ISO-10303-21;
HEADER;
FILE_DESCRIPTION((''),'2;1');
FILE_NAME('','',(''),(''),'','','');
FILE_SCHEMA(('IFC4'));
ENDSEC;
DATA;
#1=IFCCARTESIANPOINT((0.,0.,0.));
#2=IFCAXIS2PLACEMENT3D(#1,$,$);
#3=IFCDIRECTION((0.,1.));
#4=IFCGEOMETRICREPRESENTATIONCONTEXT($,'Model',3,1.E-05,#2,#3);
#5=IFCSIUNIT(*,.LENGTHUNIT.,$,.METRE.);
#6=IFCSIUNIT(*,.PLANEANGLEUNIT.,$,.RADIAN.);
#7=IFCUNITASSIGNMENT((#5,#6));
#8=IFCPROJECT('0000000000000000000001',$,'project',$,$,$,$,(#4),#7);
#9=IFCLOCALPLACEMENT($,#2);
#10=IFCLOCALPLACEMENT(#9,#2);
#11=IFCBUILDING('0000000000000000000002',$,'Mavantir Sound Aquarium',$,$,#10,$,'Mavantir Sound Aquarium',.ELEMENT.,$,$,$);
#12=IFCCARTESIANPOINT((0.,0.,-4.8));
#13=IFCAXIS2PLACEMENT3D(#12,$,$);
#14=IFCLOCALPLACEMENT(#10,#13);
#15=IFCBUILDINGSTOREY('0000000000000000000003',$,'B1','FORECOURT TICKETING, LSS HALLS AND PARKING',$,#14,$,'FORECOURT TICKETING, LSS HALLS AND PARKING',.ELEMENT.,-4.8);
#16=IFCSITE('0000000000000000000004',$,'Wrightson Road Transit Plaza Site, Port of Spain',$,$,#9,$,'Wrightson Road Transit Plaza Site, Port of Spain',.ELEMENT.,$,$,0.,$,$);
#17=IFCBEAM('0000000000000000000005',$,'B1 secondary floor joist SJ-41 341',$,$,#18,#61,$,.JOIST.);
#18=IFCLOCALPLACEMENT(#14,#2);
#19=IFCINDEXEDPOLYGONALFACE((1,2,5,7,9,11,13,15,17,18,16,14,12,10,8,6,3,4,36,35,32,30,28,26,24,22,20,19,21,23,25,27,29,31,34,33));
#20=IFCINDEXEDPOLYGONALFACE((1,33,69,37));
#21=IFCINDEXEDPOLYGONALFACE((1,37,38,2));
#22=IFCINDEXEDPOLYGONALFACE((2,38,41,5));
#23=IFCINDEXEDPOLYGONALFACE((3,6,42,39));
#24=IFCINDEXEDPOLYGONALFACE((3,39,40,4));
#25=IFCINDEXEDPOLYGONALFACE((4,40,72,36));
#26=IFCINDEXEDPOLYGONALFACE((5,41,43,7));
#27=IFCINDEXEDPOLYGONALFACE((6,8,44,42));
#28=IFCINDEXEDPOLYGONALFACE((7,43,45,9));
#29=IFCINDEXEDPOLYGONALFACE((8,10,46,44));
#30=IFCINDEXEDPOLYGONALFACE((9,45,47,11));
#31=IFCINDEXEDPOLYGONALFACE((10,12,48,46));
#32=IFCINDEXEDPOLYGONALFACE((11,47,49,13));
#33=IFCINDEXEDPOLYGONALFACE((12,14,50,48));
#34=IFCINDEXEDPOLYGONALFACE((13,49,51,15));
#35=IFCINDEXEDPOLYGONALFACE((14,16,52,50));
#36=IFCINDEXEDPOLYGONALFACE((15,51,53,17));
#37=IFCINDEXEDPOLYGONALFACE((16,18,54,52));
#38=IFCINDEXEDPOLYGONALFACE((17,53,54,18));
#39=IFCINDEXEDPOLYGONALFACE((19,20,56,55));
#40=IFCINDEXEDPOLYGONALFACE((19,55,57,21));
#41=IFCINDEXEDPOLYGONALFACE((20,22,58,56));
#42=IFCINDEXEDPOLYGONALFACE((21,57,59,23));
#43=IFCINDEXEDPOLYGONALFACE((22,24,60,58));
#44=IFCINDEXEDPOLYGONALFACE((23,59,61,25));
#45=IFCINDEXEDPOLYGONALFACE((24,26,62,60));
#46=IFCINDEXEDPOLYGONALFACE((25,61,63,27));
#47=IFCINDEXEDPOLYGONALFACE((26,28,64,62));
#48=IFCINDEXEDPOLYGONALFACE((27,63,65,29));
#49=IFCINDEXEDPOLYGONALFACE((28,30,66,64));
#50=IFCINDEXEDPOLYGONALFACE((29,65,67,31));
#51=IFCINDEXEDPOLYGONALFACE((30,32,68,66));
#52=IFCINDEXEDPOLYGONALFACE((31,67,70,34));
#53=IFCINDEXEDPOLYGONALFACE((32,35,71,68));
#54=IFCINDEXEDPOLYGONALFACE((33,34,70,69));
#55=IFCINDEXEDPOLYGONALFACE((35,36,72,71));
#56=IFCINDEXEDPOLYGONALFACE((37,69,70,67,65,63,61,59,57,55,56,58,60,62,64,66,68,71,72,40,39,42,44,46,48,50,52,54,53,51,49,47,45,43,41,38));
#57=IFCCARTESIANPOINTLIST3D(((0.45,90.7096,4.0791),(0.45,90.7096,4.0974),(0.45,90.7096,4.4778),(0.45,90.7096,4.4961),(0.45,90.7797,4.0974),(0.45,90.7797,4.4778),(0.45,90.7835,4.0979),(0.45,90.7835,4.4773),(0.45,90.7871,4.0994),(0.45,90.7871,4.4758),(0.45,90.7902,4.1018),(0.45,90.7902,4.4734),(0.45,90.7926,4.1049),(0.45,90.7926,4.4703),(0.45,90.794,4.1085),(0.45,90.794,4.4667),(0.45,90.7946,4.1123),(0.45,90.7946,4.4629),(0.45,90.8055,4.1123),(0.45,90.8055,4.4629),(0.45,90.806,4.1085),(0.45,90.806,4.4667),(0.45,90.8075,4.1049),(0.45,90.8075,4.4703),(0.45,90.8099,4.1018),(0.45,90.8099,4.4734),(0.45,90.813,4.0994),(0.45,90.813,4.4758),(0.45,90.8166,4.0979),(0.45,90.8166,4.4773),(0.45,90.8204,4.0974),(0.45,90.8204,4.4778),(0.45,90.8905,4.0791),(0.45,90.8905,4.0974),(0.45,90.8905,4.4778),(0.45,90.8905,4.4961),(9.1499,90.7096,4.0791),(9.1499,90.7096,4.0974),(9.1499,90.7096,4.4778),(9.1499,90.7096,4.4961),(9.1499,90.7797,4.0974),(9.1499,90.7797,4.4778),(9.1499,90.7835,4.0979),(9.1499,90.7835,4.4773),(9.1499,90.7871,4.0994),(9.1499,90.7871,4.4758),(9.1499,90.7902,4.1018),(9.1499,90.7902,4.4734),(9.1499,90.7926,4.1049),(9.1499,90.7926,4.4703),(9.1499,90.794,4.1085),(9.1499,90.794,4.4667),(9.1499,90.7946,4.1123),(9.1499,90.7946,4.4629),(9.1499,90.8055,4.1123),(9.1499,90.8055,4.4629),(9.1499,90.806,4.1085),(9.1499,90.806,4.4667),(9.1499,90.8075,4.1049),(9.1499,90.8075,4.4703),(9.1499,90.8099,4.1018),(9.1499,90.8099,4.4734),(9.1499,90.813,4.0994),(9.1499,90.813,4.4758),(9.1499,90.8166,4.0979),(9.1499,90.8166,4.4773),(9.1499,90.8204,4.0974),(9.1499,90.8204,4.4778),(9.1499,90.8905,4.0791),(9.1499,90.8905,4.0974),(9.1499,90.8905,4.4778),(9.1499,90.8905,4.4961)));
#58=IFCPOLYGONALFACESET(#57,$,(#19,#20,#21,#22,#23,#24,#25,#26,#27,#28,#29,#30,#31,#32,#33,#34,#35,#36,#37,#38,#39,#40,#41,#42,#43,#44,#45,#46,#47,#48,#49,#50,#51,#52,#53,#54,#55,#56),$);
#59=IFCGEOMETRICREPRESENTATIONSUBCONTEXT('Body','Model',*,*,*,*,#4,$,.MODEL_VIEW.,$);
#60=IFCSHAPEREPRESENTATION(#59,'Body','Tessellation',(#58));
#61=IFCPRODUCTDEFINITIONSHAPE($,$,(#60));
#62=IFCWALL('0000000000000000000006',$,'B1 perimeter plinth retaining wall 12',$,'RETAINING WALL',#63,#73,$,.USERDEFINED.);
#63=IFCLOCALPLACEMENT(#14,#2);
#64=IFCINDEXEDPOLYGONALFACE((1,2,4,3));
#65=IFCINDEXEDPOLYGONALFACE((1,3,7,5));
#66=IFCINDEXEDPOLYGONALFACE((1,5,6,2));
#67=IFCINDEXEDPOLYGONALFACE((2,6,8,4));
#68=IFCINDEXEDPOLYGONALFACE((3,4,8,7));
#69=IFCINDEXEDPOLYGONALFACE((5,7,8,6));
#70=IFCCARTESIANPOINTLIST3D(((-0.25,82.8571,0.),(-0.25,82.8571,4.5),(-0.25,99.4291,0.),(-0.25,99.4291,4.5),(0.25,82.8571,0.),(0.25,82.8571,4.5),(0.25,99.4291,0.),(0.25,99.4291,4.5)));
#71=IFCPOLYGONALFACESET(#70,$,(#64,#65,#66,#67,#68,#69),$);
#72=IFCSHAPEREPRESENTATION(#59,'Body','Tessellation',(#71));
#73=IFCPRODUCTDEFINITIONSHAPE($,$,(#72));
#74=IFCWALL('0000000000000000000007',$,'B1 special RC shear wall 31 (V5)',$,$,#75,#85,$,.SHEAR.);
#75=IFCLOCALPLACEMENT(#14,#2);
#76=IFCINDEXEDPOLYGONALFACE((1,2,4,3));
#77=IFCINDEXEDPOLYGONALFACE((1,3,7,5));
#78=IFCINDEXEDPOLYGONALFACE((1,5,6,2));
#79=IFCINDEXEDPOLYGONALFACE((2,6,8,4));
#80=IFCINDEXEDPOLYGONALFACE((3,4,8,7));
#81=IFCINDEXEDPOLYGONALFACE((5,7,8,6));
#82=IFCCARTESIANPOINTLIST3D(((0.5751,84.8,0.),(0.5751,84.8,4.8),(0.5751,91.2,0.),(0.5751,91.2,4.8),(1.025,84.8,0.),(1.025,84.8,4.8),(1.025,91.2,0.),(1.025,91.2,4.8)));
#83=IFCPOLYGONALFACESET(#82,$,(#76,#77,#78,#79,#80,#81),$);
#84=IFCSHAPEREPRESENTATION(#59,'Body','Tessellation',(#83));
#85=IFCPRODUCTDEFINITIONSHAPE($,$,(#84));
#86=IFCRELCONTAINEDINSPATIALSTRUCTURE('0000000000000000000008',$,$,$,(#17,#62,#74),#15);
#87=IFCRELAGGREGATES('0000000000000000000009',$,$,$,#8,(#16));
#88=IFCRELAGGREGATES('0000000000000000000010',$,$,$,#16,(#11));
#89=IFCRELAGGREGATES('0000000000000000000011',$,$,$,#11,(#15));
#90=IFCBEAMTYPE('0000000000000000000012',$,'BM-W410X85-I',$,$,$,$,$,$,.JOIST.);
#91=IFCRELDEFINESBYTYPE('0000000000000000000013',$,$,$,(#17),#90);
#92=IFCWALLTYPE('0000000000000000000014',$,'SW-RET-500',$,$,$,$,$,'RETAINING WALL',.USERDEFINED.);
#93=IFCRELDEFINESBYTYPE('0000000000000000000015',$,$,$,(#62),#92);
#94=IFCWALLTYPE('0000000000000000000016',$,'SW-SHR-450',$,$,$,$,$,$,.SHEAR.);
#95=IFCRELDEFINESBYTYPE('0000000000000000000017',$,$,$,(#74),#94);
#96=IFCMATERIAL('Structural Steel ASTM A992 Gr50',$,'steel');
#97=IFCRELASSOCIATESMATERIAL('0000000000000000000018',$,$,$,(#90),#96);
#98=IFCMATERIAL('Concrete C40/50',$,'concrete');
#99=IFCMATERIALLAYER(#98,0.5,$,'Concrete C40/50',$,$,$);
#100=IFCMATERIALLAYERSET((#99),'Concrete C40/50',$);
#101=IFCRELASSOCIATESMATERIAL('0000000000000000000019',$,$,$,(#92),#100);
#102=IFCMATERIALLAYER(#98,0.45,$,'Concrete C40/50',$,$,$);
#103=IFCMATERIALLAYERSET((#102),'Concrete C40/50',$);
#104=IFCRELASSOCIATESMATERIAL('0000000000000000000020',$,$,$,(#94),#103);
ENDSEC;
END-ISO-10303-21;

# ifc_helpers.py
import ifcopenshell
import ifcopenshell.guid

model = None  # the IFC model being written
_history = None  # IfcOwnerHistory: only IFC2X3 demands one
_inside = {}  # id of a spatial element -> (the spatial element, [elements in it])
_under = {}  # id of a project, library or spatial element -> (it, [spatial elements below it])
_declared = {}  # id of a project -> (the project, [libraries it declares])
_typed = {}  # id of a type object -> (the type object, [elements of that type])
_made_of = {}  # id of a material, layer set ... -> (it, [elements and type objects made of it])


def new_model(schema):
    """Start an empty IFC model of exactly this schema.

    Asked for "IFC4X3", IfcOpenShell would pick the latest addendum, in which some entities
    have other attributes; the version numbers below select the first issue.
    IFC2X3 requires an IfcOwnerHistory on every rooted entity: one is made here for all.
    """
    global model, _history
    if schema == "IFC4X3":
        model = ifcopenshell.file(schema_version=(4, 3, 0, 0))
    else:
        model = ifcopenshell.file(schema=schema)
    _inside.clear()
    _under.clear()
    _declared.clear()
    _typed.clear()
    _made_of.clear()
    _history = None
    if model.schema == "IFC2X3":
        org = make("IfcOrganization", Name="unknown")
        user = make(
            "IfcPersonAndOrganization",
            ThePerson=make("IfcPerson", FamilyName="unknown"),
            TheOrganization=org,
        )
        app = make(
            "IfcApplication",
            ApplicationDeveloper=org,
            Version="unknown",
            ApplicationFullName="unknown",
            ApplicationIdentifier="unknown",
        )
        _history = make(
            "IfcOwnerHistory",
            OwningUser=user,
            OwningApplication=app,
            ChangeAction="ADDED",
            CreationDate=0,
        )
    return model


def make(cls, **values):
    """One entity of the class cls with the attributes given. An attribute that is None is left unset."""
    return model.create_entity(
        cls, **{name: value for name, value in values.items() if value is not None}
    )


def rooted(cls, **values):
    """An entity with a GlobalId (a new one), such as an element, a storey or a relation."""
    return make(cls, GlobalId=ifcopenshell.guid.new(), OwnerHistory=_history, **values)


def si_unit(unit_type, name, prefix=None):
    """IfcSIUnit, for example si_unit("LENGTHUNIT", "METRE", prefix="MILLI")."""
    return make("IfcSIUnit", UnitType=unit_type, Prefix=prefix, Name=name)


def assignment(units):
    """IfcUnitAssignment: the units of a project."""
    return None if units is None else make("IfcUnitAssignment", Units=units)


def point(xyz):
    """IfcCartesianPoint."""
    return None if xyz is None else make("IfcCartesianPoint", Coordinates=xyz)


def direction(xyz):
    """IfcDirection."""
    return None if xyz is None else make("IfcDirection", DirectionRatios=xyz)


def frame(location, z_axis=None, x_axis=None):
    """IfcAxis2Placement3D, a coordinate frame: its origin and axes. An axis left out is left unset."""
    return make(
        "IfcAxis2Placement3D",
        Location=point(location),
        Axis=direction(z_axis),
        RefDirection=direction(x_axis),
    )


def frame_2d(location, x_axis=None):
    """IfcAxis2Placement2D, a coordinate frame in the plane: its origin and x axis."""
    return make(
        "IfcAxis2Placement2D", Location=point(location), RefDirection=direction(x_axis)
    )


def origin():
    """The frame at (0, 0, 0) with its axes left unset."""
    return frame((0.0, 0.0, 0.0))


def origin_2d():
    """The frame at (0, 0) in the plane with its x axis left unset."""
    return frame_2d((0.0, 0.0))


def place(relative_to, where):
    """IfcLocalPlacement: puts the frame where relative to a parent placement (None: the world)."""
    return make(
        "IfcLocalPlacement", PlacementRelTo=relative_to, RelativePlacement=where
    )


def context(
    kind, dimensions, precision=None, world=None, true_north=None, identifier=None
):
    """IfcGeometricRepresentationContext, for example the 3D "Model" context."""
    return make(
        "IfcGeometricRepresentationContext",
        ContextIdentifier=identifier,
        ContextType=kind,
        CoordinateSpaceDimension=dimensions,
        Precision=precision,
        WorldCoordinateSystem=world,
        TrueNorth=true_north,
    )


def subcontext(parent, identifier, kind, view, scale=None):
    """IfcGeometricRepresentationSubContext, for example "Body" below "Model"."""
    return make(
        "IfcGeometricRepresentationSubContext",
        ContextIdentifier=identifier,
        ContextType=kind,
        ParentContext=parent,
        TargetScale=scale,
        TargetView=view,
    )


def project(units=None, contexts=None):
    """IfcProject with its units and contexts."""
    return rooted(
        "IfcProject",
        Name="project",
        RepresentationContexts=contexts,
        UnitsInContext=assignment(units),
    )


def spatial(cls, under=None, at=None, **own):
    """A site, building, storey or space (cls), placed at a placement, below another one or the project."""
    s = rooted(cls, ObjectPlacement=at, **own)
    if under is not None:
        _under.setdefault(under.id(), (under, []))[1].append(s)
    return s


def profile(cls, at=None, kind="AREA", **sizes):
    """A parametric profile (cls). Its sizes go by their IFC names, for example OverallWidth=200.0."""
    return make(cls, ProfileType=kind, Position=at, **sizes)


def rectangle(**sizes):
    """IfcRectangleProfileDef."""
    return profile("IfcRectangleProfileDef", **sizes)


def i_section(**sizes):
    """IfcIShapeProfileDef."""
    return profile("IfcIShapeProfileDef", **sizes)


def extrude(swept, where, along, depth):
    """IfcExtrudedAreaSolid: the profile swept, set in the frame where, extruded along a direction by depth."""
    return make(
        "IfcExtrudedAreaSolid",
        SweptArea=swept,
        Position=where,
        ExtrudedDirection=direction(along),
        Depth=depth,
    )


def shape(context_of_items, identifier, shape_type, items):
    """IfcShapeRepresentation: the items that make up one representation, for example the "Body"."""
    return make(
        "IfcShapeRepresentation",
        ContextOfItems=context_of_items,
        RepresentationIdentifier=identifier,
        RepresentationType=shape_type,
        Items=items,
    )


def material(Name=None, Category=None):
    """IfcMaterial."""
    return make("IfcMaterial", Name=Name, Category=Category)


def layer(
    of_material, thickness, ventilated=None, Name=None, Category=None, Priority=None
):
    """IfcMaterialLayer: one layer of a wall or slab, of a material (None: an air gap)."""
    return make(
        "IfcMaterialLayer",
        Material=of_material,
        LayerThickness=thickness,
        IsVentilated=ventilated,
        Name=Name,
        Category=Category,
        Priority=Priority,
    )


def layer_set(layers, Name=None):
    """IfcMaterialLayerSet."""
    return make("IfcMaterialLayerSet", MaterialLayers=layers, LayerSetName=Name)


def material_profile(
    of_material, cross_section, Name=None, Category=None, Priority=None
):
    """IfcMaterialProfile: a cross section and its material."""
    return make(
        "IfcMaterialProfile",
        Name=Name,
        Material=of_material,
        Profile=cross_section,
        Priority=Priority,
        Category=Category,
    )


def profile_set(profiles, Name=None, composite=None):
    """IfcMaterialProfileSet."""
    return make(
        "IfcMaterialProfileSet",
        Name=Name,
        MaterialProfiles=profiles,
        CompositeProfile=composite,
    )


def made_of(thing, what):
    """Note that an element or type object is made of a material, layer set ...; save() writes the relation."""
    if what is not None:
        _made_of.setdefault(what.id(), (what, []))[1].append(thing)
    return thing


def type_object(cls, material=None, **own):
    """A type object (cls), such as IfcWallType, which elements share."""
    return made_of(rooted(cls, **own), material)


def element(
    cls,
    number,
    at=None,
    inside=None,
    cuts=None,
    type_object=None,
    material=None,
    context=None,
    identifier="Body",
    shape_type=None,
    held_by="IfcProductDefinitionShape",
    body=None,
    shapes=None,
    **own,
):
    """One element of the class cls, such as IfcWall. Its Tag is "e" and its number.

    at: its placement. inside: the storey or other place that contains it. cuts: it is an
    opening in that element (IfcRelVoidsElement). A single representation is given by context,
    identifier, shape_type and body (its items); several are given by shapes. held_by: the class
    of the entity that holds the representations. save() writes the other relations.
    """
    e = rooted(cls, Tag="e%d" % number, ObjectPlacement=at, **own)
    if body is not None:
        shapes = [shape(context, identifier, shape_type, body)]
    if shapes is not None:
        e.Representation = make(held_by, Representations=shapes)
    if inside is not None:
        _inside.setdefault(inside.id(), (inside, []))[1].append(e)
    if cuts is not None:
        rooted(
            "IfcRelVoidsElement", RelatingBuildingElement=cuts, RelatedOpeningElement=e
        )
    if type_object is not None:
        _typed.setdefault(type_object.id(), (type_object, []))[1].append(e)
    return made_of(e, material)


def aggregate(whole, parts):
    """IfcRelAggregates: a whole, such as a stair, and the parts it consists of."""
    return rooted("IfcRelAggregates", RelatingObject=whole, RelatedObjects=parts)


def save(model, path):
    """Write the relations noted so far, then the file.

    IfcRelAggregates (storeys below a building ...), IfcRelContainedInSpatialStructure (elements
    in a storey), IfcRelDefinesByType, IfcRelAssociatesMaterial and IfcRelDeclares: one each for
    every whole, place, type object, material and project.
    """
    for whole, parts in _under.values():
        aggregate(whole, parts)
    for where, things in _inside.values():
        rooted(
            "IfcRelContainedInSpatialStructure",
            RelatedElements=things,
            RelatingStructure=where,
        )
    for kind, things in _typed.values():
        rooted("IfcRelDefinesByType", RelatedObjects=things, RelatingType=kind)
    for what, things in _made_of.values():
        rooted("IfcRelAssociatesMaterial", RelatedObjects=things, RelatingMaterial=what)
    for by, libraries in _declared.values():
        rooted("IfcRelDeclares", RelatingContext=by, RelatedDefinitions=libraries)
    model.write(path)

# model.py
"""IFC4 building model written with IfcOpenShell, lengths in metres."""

from ifc_helpers import new_model, si_unit, direction, frame, frame_2d, origin, origin_2d, place, context, subcontext, project, spatial, rectangle, i_section, extrude, material, layer, layer_set, material_profile, profile_set, type_object, element, save


model = new_model("IFC4")

# Units and contexts
model_context = context("Model", 3, precision=1e-05, world=origin(), true_north=direction((0.0, 1.0)))
body_context = subcontext(model_context, "Body", "Model", "MODEL_VIEW")
ifc_project = project(units=[si_unit("LENGTHUNIT", "METRE"), si_unit("PLANEANGLEUNIT", "RADIAN")], contexts=[model_context])

# Site, building, storey
site_placement = place(None, origin())
site = spatial("IfcSite", under=ifc_project, at=site_placement, Name="Wrightson Road Transit Plaza Site, Port of Spain", LongName="Wrightson Road Transit Plaza Site, Port of Spain", CompositionType="ELEMENT", RefElevation=0.0)
building_placement = place(site_placement, origin())
building = spatial("IfcBuilding", under=site, at=building_placement, Name="Mavantir Sound Aquarium", LongName="Mavantir Sound Aquarium", CompositionType="ELEMENT")
storey_placement = place(building_placement, frame((0.0, 0.0, -4.8)))
storey = spatial("IfcBuildingStorey", under=building, at=storey_placement, Name="B1", Description="FORECOURT TICKETING, LSS HALLS AND PARKING", LongName="FORECOURT TICKETING, LSS HALLS AND PARKING", CompositionType="ELEMENT", Elevation=-4.8)

# Shared definitions
ifc_material_1 = material(Name="Concrete C40/50", Category="concrete")

# Beam
ifc_material_2 = material(Name="Structural Steel ASTM A992 Gr50", Category="steel")
ifc_material_profile_1 = material_profile(ifc_material_2, i_section(OverallWidth=0.1809, OverallDepth=0.417, WebThickness=0.011, FlangeThickness=0.0183, FilletRadius=0.0149, at=origin_2d()), Name="W410X85")
ifc_profile_set_1 = profile_set([ifc_material_profile_1], Name="Structural Steel ASTM A992 Gr50")
beam_type_1 = type_object("IfcBeamType", Name="BM-W410X85-I", PredefinedType="JOIST", material=ifc_profile_set_1)
beam_1_placement = place(storey_placement, frame((0.45, 90.8, 4.2876), z_axis=(1.0, 0.0, 0.0), x_axis=(0.0, 1.0, 0.0)))
element("IfcBeam", 1, at=beam_1_placement, inside=storey, type_object=beam_type_1, Name="B1 secondary floor joist SJ-41 341", PredefinedType="JOIST", context=body_context, shape_type="SweptSolid", body=[
    extrude(i_section(OverallWidth=0.1809, OverallDepth=0.417, WebThickness=0.011, FlangeThickness=0.0183, FilletRadius=0.0149, at=origin_2d()), origin(), (0.0, 0.0, 1.0), 8.7),
])

# Walls
ifc_layer_1 = layer(ifc_material_1, 0.5, Name="Concrete C40/50")
ifc_layer_set_1 = layer_set([ifc_layer_1], Name="Concrete C40/50")
wall_type_1 = type_object("IfcWallType", Name="SW-RET-500", ElementType="RETAINING WALL", PredefinedType="USERDEFINED", material=ifc_layer_set_1)
wall_1_placement = place(storey_placement, frame((0.0, 82.8569, 0.0), z_axis=(0.0, 0.0, 1.0), x_axis=(0.0, 1.0, 0.0)))
element("IfcWall", 2, at=wall_1_placement, inside=storey, type_object=wall_type_1, Name="B1 perimeter plinth retaining wall 12", ObjectType="RETAINING WALL", PredefinedType="USERDEFINED", context=body_context, shape_type="SweptSolid", body=[
    extrude(rectangle(XDim=16.572, YDim=0.5, at=frame_2d((8.2861, 0.0))), origin(), (0.0, 0.0, 1.0), 4.5),
])
ifc_layer_2 = layer(ifc_material_1, 0.45, Name="Concrete C40/50")
ifc_layer_set_2 = layer_set([ifc_layer_2], Name="Concrete C40/50")
wall_type_2 = type_object("IfcWallType", Name="SW-SHR-450", PredefinedType="SHEAR", material=ifc_layer_set_2)
wall_2_placement = place(storey_placement, frame((0.8, 84.8, 0.0), z_axis=(0.0, 0.0, 1.0), x_axis=(0.0, 1.0, 0.0)))
element("IfcWall", 3, at=wall_2_placement, inside=storey, type_object=wall_type_2, Name="B1 special RC shear wall 31 (V5)", PredefinedType="SHEAR", context=body_context, shape_type="SweptSolid", body=[
    extrude(rectangle(XDim=6.3999, YDim=0.45, at=frame_2d((3.2, 0.0))), origin(), (0.0, 0.0, 1.0), 4.8),
])

save(model, "model.ifc")
